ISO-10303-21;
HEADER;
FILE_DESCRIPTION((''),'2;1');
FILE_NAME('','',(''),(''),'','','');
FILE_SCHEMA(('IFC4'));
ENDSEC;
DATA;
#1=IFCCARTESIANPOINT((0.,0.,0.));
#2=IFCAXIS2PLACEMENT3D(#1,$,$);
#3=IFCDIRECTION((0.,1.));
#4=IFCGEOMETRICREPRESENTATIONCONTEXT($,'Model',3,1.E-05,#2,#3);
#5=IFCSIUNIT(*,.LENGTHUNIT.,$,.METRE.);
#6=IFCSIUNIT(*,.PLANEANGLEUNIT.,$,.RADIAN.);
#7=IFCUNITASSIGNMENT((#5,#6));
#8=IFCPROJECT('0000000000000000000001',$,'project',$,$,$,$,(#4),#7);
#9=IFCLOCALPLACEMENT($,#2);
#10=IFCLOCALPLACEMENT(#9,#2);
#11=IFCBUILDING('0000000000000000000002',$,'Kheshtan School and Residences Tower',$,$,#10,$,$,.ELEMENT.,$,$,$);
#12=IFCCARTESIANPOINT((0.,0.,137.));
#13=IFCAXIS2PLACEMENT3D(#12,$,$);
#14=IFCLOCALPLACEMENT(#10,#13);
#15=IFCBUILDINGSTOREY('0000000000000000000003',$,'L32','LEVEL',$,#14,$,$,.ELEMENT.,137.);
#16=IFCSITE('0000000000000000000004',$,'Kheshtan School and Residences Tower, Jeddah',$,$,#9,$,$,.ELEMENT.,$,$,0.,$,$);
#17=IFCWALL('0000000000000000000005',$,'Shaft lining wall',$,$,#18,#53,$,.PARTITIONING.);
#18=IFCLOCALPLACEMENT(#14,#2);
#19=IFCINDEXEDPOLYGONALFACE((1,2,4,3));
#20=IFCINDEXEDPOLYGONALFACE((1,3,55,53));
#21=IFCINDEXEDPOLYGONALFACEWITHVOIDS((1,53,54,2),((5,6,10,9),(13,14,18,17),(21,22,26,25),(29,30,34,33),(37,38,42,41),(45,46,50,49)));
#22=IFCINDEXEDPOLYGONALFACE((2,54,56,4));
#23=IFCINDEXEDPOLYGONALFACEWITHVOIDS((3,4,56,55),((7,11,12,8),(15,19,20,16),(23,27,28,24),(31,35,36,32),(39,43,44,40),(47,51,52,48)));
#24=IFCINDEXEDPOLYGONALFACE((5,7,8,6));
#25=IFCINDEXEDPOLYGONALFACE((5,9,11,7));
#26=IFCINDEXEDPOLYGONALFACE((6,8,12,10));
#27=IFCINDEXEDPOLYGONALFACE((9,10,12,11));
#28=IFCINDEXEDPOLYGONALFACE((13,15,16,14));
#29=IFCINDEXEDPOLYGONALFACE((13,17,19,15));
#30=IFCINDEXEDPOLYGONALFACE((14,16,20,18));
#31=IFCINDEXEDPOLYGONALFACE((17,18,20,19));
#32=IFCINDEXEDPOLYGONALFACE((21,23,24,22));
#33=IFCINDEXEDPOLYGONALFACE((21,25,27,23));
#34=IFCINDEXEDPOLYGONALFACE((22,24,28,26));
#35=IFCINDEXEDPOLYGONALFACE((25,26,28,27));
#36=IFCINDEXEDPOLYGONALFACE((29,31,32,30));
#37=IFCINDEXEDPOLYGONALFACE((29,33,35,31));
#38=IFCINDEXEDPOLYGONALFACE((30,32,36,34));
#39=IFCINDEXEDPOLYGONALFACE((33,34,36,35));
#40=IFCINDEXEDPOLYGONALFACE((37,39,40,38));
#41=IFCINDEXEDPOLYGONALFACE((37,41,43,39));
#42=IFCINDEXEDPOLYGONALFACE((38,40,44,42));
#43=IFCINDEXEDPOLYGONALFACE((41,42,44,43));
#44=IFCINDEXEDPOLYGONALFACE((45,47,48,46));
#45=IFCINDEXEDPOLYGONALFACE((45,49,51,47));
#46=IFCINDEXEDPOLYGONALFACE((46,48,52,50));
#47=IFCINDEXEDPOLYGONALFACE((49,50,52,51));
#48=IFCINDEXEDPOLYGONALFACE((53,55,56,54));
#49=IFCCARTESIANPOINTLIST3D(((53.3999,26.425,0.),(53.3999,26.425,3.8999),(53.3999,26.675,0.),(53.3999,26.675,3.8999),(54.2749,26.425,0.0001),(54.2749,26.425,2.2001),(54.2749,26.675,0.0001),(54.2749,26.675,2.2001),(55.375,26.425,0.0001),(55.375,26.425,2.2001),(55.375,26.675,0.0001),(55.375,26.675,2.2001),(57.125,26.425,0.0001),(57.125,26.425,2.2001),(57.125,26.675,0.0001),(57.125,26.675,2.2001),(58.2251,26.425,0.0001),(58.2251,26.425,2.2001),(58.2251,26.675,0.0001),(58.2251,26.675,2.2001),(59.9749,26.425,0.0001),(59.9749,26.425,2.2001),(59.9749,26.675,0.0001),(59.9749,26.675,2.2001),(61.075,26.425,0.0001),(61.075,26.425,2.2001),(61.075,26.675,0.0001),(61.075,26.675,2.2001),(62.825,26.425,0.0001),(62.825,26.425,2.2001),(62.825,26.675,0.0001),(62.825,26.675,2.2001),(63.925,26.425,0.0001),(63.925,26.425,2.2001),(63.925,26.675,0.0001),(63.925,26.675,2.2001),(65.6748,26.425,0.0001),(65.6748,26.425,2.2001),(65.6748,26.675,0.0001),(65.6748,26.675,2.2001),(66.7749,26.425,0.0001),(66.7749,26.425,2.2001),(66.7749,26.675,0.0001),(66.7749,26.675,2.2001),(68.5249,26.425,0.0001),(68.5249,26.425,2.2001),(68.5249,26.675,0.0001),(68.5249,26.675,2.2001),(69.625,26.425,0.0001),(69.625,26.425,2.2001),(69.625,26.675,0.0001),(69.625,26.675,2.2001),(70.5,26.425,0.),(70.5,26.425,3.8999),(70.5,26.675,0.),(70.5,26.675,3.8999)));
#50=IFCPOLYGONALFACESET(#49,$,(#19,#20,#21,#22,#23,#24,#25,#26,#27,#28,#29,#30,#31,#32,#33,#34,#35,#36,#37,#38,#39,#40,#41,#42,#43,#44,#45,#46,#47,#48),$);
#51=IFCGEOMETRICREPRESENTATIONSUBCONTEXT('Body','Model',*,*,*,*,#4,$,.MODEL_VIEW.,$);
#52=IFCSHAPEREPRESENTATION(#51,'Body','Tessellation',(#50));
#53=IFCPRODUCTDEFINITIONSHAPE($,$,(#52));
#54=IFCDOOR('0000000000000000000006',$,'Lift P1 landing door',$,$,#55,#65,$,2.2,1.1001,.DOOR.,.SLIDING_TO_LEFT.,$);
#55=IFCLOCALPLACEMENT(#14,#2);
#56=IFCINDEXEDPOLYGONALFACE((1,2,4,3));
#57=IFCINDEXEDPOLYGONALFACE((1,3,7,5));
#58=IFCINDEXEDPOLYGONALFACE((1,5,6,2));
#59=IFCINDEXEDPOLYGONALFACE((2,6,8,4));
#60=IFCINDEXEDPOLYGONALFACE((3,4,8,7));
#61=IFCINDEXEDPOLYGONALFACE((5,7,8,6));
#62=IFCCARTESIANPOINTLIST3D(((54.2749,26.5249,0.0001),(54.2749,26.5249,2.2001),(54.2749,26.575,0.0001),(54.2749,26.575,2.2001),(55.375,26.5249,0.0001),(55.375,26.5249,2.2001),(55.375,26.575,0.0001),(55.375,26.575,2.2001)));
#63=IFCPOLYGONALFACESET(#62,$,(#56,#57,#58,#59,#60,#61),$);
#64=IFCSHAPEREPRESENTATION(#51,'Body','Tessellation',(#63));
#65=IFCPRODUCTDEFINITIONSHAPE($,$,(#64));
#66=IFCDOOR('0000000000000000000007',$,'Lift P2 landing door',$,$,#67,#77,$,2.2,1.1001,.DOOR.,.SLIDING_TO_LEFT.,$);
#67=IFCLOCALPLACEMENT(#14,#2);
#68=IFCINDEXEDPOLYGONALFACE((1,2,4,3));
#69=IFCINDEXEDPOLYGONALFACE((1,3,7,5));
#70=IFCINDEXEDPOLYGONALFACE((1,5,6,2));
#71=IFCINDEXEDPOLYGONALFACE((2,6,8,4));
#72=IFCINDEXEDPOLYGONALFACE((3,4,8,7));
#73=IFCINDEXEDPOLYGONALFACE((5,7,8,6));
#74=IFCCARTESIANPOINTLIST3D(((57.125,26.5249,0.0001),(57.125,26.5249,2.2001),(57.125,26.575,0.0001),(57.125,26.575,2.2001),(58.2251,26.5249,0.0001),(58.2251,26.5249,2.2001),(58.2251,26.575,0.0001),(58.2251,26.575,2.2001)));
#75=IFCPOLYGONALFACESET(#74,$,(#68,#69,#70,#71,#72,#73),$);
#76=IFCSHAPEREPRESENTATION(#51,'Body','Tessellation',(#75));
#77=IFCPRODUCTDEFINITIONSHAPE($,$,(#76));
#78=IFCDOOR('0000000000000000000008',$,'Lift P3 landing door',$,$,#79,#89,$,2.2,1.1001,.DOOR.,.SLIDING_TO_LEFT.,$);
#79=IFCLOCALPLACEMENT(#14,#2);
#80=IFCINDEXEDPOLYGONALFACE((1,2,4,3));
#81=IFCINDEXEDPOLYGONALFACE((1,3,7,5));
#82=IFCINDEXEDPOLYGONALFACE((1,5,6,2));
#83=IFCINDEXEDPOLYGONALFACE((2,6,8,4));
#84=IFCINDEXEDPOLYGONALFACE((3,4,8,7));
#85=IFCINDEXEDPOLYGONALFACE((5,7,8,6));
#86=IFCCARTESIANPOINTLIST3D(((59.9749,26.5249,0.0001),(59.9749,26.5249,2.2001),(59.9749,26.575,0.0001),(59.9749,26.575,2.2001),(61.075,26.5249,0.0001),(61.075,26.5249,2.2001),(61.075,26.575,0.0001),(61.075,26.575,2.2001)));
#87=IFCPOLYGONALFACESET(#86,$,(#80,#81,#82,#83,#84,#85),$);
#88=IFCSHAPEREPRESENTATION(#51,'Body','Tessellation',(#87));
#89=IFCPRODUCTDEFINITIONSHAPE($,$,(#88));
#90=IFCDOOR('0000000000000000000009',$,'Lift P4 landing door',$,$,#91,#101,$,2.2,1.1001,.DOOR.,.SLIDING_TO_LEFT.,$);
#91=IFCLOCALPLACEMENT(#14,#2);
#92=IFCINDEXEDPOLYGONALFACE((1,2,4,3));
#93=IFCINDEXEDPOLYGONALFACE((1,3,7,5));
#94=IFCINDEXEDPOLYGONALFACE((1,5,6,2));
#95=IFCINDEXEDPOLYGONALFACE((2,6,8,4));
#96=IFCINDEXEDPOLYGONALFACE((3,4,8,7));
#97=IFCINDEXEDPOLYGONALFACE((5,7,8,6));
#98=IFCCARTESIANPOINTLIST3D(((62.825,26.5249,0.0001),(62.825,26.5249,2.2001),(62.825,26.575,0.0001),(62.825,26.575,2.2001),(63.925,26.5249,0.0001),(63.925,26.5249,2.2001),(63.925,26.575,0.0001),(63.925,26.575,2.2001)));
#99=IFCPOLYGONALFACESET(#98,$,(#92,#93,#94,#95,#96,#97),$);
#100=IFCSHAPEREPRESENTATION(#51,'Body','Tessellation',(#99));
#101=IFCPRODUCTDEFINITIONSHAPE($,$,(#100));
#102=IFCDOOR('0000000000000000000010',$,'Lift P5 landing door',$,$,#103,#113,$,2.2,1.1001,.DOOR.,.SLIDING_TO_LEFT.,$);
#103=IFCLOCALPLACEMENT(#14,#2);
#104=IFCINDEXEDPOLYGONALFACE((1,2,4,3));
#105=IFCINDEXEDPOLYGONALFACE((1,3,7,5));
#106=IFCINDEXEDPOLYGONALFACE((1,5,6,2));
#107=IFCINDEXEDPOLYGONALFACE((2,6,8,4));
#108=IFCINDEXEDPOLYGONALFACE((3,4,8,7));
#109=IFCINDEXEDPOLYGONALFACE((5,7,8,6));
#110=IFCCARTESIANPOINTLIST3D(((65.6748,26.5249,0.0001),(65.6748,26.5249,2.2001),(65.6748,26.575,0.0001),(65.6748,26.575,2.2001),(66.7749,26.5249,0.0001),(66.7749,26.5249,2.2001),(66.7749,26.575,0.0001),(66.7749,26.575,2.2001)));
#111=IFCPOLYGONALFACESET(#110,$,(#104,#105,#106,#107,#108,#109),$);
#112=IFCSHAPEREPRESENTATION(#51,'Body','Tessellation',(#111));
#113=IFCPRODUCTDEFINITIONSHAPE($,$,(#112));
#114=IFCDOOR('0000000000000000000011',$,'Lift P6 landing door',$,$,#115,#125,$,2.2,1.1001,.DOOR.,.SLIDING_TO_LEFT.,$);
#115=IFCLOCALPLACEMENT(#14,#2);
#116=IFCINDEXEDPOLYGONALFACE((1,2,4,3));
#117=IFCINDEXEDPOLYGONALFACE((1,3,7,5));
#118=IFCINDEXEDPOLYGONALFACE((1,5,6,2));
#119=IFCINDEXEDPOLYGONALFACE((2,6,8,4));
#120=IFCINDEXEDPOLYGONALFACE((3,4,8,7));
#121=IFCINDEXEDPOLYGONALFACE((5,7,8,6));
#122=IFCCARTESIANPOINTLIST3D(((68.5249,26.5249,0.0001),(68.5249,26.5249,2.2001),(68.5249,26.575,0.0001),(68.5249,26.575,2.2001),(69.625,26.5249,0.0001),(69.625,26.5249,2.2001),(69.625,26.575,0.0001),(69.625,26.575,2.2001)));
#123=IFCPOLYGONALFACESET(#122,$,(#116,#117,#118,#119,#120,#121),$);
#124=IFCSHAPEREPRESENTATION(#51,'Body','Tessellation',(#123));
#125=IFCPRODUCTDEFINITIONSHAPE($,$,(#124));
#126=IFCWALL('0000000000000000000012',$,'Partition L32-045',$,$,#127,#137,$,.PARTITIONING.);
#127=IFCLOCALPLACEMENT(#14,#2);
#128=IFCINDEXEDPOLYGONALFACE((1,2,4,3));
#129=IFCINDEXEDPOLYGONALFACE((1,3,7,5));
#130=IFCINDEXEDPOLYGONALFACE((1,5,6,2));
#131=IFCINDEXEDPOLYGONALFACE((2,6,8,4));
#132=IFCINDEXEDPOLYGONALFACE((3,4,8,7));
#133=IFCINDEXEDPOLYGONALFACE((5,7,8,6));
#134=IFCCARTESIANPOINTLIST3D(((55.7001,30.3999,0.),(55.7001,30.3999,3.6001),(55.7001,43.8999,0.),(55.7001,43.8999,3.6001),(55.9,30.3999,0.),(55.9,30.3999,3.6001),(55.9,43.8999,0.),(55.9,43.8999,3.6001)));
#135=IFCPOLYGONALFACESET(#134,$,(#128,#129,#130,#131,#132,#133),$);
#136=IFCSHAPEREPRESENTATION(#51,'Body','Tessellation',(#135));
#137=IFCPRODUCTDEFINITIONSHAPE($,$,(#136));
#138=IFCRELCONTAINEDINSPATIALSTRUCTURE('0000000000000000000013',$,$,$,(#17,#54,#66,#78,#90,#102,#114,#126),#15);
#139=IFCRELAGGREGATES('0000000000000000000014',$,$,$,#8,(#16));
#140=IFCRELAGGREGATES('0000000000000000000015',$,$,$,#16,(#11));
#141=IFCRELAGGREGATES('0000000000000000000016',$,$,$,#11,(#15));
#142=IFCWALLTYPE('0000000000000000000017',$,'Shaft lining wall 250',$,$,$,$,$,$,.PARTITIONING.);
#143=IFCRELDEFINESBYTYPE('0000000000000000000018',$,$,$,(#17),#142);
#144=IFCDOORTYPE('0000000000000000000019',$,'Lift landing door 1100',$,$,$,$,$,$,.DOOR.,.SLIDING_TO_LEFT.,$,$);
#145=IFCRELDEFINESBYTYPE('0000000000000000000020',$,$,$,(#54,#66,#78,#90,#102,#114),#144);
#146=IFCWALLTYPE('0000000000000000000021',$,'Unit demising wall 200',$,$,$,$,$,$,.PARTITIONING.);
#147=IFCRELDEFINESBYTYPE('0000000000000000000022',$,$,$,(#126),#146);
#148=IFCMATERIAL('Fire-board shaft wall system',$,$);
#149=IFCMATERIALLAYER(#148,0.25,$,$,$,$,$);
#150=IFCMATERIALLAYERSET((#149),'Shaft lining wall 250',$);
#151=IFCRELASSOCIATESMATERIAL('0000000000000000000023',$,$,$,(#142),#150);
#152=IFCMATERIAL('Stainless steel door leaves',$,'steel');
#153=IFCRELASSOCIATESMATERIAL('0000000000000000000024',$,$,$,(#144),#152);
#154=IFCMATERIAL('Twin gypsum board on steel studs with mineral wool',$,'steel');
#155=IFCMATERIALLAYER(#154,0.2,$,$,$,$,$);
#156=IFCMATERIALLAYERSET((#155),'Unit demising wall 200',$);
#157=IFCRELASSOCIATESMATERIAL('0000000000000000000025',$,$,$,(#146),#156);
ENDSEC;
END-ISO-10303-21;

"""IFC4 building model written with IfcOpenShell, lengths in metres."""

from ifc_helpers import new_model, si_unit, direction, frame, frame_2d, origin, place, context, subcontext, project, spatial, rectangle, extrude, source, transform, mapped, material, layer, layer_set, type_object, element, fill, save


model = new_model("IFC4")

# Units and contexts
model_context = context("Model", 3, precision=1e-05, world=origin(), true_north=direction((0.0, 1.0)))
body_context = subcontext(model_context, "Body", "Model", "MODEL_VIEW")
ifc_project = project(units=[si_unit("LENGTHUNIT", "METRE"), si_unit("PLANEANGLEUNIT", "RADIAN")], contexts=[model_context])

# Site, building, storey
site_placement = place(None, origin())
site = spatial("IfcSite", under=ifc_project, at=site_placement, Name="Kheshtan School and Residences Tower, Jeddah", CompositionType="ELEMENT", RefElevation=0.0)
building_placement = place(site_placement, origin())
building = spatial("IfcBuilding", under=site, at=building_placement, Name="Kheshtan School and Residences Tower", CompositionType="ELEMENT")
storey_placement = place(building_placement, frame((0.0, 0.0, 137.0)))
storey = spatial("IfcBuildingStorey", under=building, at=storey_placement, Name="L32", Description="LEVEL", CompositionType="ELEMENT", Elevation=137.0)

# Shared definitions
ifc_material_1 = material(Name="Fire-board shaft wall system")
ifc_layer_1 = layer(ifc_material_1, 0.25)
ifc_layer_set_1 = layer_set([ifc_layer_1], Name="Shaft lining wall 250")
wall_type_1 = type_object("IfcWallType", Name="Shaft lining wall 250", PredefinedType="PARTITIONING", material=ifc_layer_set_1)

# Wall, openings, doors
wall_1_placement = place(storey_placement, frame((53.3999, 26.55, 0.0), z_axis=(0.0, 0.0, 1.0), x_axis=(1.0, 0.0, 0.0)))
wall_1 = element("IfcWall", 1, at=wall_1_placement, inside=storey, type_object=wall_type_1, Name="Shaft lining wall", PredefinedType="PARTITIONING", context=body_context, shape_type="SweptSolid", body=[
    extrude(rectangle(XDim=17.1001, YDim=0.25, at=frame_2d((8.55, 0.0))), origin(), (0.0, 0.0, 1.0), 3.8999),
])
opening_1_placement = place(wall_1_placement, frame((0.875, 0.0, 0.0)))
opening_1 = element("IfcOpeningElement", 2, at=opening_1_placement, cuts=wall_1, PredefinedType="OPENING", context=body_context, shape_type="SweptSolid", body=[
    extrude(rectangle(XDim=1.1001, YDim=2.2, at=frame_2d((0.55, 1.1001))), frame((0.0, 0.135, 0.0), z_axis=(0.0, -1.0, 0.0), x_axis=(1.0, 0.0, 0.0)), (0.0, 0.0, 1.0), 0.27),
])
opening_2_placement = place(wall_1_placement, frame((3.7251, 0.0, 0.0)))
opening_2 = element("IfcOpeningElement", 3, at=opening_2_placement, cuts=wall_1, PredefinedType="OPENING", context=body_context, shape_type="SweptSolid", body=[
    extrude(rectangle(XDim=1.1001, YDim=2.2, at=frame_2d((0.55, 1.1001))), frame((0.0, 0.135, 0.0), z_axis=(0.0, -1.0, 0.0), x_axis=(1.0, 0.0, 0.0)), (0.0, 0.0, 1.0), 0.27),
])
opening_3_placement = place(wall_1_placement, frame((6.575, 0.0, 0.0)))
opening_3 = element("IfcOpeningElement", 4, at=opening_3_placement, cuts=wall_1, PredefinedType="OPENING", context=body_context, shape_type="SweptSolid", body=[
    extrude(rectangle(XDim=1.1001, YDim=2.2, at=frame_2d((0.55, 1.1001))), frame((0.0, 0.135, 0.0), z_axis=(0.0, -1.0, 0.0), x_axis=(1.0, 0.0, 0.0)), (0.0, 0.0, 1.0), 0.27),
])
opening_4_placement = place(wall_1_placement, frame((9.425, 0.0, 0.0)))
opening_4 = element("IfcOpeningElement", 5, at=opening_4_placement, cuts=wall_1, PredefinedType="OPENING", context=body_context, shape_type="SweptSolid", body=[
    extrude(rectangle(XDim=1.1001, YDim=2.2, at=frame_2d((0.55, 1.1001))), frame((0.0, 0.135, 0.0), z_axis=(0.0, -1.0, 0.0), x_axis=(1.0, 0.0, 0.0)), (0.0, 0.0, 1.0), 0.27),
])
opening_5_placement = place(wall_1_placement, frame((12.2749, 0.0, 0.0)))
opening_5 = element("IfcOpeningElement", 6, at=opening_5_placement, cuts=wall_1, PredefinedType="OPENING", context=body_context, shape_type="SweptSolid", body=[
    extrude(rectangle(XDim=1.1001, YDim=2.2, at=frame_2d((0.55, 1.1001))), frame((0.0, 0.135, 0.0), z_axis=(0.0, -1.0, 0.0), x_axis=(1.0, 0.0, 0.0)), (0.0, 0.0, 1.0), 0.27),
])
opening_6_placement = place(wall_1_placement, frame((15.125, 0.0, 0.0)))
opening_6 = element("IfcOpeningElement", 7, at=opening_6_placement, cuts=wall_1, PredefinedType="OPENING", context=body_context, shape_type="SweptSolid", body=[
    extrude(rectangle(XDim=1.1001, YDim=2.2, at=frame_2d((0.55, 1.1001))), frame((0.0, 0.135, 0.0), z_axis=(0.0, -1.0, 0.0), x_axis=(1.0, 0.0, 0.0)), (0.0, 0.0, 1.0), 0.27),
])
ifc_material_2 = material(Name="Stainless steel door leaves", Category="steel")
door_type_1 = type_object("IfcDoorType", Name="Lift landing door 1100", OperationType="SLIDING_TO_LEFT", PredefinedType="DOOR", material=ifc_material_2)
shared_shape_1 = source(origin(), body_context, "Body", "SweptSolid", [
    extrude(rectangle(XDim=1.1001, YDim=2.2, at=frame_2d((0.55, 1.1001))), frame((0.0, 0.0249, 0.0), z_axis=(0.0, -1.0, 0.0), x_axis=(1.0, 0.0, 0.0)), (0.0, 0.0, 1.0), 0.05),
])
door_1_placement = place(opening_1_placement, origin())
door_1 = element("IfcDoor", 8, at=door_1_placement, inside=storey, type_object=door_type_1, Name="Lift P1 landing door", OperationType="SLIDING_TO_LEFT", OverallHeight=2.2, OverallWidth=1.1001, PredefinedType="DOOR", context=body_context, shape_type="MappedRepresentation", body=[
    mapped(shared_shape_1, transform((0.0, 0.0, 0.0), x_axis=(1.0, 0.0, 0.0), y_axis=(0.0, 1.0, 0.0), z_axis=(0.0, 0.0, 1.0), scale=1.0)),
])
fill(opening_1, door_1)
door_2_placement = place(opening_2_placement, origin())
door_2 = element("IfcDoor", 9, at=door_2_placement, inside=storey, type_object=door_type_1, Name="Lift P2 landing door", OperationType="SLIDING_TO_LEFT", OverallHeight=2.2, OverallWidth=1.1001, PredefinedType="DOOR", context=body_context, shape_type="MappedRepresentation", body=[
    mapped(shared_shape_1, transform((0.0, 0.0, 0.0), x_axis=(1.0, 0.0, 0.0), y_axis=(0.0, 1.0, 0.0), z_axis=(0.0, 0.0, 1.0), scale=1.0)),
])
fill(opening_2, door_2)
door_3_placement = place(opening_3_placement, origin())
door_3 = element("IfcDoor", 10, at=door_3_placement, inside=storey, type_object=door_type_1, Name="Lift P3 landing door", OperationType="SLIDING_TO_LEFT", OverallHeight=2.2, OverallWidth=1.1001, PredefinedType="DOOR", context=body_context, shape_type="MappedRepresentation", body=[
    mapped(shared_shape_1, transform((0.0, 0.0, 0.0), x_axis=(1.0, 0.0, 0.0), y_axis=(0.0, 1.0, 0.0), z_axis=(0.0, 0.0, 1.0), scale=1.0)),
])
fill(opening_3, door_3)
door_4_placement = place(opening_4_placement, origin())
door_4 = element("IfcDoor", 11, at=door_4_placement, inside=storey, type_object=door_type_1, Name="Lift P4 landing door", OperationType="SLIDING_TO_LEFT", OverallHeight=2.2, OverallWidth=1.1001, PredefinedType="DOOR", context=body_context, shape_type="MappedRepresentation", body=[
    mapped(shared_shape_1, transform((0.0, 0.0, 0.0), x_axis=(1.0, 0.0, 0.0), y_axis=(0.0, 1.0, 0.0), z_axis=(0.0, 0.0, 1.0), scale=1.0)),
])
fill(opening_4, door_4)
door_5_placement = place(opening_5_placement, origin())
door_5 = element("IfcDoor", 12, at=door_5_placement, inside=storey, type_object=door_type_1, Name="Lift P5 landing door", OperationType="SLIDING_TO_LEFT", OverallHeight=2.2, OverallWidth=1.1001, PredefinedType="DOOR", context=body_context, shape_type="MappedRepresentation", body=[
    mapped(shared_shape_1, transform((0.0, 0.0, 0.0), x_axis=(1.0, 0.0, 0.0), y_axis=(0.0, 1.0, 0.0), z_axis=(0.0, 0.0, 1.0), scale=1.0)),
])
fill(opening_5, door_5)
door_6_placement = place(opening_6_placement, origin())
door_6 = element("IfcDoor", 13, at=door_6_placement, inside=storey, type_object=door_type_1, Name="Lift P6 landing door", OperationType="SLIDING_TO_LEFT", OverallHeight=2.2, OverallWidth=1.1001, PredefinedType="DOOR", context=body_context, shape_type="MappedRepresentation", body=[
    mapped(shared_shape_1, transform((0.0, 0.0, 0.0), x_axis=(1.0, 0.0, 0.0), y_axis=(0.0, 1.0, 0.0), z_axis=(0.0, 0.0, 1.0), scale=1.0)),
])
fill(opening_6, door_6)

# Wall
ifc_material_3 = material(Name="Twin gypsum board on steel studs with mineral wool", Category="steel")
ifc_layer_2 = layer(ifc_material_3, 0.2)
ifc_layer_set_2 = layer_set([ifc_layer_2], Name="Unit demising wall 200")
wall_type_2 = type_object("IfcWallType", Name="Unit demising wall 200", PredefinedType="PARTITIONING", material=ifc_layer_set_2)
wall_2_placement = place(storey_placement, frame((55.8, 30.3999, 0.0), z_axis=(0.0, 0.0, 1.0), x_axis=(0.0, 1.0, 0.0)))
element("IfcWall", 14, at=wall_2_placement, inside=storey, type_object=wall_type_2, Name="Partition L32-045", PredefinedType="PARTITIONING", context=body_context, shape_type="SweptSolid", body=[
    extrude(rectangle(XDim=13.5, YDim=0.2, at=frame_2d((6.75, 0.0))), origin(), (0.0, 0.0, 1.0), 3.6001),
])

save(model, "model.ifc")
